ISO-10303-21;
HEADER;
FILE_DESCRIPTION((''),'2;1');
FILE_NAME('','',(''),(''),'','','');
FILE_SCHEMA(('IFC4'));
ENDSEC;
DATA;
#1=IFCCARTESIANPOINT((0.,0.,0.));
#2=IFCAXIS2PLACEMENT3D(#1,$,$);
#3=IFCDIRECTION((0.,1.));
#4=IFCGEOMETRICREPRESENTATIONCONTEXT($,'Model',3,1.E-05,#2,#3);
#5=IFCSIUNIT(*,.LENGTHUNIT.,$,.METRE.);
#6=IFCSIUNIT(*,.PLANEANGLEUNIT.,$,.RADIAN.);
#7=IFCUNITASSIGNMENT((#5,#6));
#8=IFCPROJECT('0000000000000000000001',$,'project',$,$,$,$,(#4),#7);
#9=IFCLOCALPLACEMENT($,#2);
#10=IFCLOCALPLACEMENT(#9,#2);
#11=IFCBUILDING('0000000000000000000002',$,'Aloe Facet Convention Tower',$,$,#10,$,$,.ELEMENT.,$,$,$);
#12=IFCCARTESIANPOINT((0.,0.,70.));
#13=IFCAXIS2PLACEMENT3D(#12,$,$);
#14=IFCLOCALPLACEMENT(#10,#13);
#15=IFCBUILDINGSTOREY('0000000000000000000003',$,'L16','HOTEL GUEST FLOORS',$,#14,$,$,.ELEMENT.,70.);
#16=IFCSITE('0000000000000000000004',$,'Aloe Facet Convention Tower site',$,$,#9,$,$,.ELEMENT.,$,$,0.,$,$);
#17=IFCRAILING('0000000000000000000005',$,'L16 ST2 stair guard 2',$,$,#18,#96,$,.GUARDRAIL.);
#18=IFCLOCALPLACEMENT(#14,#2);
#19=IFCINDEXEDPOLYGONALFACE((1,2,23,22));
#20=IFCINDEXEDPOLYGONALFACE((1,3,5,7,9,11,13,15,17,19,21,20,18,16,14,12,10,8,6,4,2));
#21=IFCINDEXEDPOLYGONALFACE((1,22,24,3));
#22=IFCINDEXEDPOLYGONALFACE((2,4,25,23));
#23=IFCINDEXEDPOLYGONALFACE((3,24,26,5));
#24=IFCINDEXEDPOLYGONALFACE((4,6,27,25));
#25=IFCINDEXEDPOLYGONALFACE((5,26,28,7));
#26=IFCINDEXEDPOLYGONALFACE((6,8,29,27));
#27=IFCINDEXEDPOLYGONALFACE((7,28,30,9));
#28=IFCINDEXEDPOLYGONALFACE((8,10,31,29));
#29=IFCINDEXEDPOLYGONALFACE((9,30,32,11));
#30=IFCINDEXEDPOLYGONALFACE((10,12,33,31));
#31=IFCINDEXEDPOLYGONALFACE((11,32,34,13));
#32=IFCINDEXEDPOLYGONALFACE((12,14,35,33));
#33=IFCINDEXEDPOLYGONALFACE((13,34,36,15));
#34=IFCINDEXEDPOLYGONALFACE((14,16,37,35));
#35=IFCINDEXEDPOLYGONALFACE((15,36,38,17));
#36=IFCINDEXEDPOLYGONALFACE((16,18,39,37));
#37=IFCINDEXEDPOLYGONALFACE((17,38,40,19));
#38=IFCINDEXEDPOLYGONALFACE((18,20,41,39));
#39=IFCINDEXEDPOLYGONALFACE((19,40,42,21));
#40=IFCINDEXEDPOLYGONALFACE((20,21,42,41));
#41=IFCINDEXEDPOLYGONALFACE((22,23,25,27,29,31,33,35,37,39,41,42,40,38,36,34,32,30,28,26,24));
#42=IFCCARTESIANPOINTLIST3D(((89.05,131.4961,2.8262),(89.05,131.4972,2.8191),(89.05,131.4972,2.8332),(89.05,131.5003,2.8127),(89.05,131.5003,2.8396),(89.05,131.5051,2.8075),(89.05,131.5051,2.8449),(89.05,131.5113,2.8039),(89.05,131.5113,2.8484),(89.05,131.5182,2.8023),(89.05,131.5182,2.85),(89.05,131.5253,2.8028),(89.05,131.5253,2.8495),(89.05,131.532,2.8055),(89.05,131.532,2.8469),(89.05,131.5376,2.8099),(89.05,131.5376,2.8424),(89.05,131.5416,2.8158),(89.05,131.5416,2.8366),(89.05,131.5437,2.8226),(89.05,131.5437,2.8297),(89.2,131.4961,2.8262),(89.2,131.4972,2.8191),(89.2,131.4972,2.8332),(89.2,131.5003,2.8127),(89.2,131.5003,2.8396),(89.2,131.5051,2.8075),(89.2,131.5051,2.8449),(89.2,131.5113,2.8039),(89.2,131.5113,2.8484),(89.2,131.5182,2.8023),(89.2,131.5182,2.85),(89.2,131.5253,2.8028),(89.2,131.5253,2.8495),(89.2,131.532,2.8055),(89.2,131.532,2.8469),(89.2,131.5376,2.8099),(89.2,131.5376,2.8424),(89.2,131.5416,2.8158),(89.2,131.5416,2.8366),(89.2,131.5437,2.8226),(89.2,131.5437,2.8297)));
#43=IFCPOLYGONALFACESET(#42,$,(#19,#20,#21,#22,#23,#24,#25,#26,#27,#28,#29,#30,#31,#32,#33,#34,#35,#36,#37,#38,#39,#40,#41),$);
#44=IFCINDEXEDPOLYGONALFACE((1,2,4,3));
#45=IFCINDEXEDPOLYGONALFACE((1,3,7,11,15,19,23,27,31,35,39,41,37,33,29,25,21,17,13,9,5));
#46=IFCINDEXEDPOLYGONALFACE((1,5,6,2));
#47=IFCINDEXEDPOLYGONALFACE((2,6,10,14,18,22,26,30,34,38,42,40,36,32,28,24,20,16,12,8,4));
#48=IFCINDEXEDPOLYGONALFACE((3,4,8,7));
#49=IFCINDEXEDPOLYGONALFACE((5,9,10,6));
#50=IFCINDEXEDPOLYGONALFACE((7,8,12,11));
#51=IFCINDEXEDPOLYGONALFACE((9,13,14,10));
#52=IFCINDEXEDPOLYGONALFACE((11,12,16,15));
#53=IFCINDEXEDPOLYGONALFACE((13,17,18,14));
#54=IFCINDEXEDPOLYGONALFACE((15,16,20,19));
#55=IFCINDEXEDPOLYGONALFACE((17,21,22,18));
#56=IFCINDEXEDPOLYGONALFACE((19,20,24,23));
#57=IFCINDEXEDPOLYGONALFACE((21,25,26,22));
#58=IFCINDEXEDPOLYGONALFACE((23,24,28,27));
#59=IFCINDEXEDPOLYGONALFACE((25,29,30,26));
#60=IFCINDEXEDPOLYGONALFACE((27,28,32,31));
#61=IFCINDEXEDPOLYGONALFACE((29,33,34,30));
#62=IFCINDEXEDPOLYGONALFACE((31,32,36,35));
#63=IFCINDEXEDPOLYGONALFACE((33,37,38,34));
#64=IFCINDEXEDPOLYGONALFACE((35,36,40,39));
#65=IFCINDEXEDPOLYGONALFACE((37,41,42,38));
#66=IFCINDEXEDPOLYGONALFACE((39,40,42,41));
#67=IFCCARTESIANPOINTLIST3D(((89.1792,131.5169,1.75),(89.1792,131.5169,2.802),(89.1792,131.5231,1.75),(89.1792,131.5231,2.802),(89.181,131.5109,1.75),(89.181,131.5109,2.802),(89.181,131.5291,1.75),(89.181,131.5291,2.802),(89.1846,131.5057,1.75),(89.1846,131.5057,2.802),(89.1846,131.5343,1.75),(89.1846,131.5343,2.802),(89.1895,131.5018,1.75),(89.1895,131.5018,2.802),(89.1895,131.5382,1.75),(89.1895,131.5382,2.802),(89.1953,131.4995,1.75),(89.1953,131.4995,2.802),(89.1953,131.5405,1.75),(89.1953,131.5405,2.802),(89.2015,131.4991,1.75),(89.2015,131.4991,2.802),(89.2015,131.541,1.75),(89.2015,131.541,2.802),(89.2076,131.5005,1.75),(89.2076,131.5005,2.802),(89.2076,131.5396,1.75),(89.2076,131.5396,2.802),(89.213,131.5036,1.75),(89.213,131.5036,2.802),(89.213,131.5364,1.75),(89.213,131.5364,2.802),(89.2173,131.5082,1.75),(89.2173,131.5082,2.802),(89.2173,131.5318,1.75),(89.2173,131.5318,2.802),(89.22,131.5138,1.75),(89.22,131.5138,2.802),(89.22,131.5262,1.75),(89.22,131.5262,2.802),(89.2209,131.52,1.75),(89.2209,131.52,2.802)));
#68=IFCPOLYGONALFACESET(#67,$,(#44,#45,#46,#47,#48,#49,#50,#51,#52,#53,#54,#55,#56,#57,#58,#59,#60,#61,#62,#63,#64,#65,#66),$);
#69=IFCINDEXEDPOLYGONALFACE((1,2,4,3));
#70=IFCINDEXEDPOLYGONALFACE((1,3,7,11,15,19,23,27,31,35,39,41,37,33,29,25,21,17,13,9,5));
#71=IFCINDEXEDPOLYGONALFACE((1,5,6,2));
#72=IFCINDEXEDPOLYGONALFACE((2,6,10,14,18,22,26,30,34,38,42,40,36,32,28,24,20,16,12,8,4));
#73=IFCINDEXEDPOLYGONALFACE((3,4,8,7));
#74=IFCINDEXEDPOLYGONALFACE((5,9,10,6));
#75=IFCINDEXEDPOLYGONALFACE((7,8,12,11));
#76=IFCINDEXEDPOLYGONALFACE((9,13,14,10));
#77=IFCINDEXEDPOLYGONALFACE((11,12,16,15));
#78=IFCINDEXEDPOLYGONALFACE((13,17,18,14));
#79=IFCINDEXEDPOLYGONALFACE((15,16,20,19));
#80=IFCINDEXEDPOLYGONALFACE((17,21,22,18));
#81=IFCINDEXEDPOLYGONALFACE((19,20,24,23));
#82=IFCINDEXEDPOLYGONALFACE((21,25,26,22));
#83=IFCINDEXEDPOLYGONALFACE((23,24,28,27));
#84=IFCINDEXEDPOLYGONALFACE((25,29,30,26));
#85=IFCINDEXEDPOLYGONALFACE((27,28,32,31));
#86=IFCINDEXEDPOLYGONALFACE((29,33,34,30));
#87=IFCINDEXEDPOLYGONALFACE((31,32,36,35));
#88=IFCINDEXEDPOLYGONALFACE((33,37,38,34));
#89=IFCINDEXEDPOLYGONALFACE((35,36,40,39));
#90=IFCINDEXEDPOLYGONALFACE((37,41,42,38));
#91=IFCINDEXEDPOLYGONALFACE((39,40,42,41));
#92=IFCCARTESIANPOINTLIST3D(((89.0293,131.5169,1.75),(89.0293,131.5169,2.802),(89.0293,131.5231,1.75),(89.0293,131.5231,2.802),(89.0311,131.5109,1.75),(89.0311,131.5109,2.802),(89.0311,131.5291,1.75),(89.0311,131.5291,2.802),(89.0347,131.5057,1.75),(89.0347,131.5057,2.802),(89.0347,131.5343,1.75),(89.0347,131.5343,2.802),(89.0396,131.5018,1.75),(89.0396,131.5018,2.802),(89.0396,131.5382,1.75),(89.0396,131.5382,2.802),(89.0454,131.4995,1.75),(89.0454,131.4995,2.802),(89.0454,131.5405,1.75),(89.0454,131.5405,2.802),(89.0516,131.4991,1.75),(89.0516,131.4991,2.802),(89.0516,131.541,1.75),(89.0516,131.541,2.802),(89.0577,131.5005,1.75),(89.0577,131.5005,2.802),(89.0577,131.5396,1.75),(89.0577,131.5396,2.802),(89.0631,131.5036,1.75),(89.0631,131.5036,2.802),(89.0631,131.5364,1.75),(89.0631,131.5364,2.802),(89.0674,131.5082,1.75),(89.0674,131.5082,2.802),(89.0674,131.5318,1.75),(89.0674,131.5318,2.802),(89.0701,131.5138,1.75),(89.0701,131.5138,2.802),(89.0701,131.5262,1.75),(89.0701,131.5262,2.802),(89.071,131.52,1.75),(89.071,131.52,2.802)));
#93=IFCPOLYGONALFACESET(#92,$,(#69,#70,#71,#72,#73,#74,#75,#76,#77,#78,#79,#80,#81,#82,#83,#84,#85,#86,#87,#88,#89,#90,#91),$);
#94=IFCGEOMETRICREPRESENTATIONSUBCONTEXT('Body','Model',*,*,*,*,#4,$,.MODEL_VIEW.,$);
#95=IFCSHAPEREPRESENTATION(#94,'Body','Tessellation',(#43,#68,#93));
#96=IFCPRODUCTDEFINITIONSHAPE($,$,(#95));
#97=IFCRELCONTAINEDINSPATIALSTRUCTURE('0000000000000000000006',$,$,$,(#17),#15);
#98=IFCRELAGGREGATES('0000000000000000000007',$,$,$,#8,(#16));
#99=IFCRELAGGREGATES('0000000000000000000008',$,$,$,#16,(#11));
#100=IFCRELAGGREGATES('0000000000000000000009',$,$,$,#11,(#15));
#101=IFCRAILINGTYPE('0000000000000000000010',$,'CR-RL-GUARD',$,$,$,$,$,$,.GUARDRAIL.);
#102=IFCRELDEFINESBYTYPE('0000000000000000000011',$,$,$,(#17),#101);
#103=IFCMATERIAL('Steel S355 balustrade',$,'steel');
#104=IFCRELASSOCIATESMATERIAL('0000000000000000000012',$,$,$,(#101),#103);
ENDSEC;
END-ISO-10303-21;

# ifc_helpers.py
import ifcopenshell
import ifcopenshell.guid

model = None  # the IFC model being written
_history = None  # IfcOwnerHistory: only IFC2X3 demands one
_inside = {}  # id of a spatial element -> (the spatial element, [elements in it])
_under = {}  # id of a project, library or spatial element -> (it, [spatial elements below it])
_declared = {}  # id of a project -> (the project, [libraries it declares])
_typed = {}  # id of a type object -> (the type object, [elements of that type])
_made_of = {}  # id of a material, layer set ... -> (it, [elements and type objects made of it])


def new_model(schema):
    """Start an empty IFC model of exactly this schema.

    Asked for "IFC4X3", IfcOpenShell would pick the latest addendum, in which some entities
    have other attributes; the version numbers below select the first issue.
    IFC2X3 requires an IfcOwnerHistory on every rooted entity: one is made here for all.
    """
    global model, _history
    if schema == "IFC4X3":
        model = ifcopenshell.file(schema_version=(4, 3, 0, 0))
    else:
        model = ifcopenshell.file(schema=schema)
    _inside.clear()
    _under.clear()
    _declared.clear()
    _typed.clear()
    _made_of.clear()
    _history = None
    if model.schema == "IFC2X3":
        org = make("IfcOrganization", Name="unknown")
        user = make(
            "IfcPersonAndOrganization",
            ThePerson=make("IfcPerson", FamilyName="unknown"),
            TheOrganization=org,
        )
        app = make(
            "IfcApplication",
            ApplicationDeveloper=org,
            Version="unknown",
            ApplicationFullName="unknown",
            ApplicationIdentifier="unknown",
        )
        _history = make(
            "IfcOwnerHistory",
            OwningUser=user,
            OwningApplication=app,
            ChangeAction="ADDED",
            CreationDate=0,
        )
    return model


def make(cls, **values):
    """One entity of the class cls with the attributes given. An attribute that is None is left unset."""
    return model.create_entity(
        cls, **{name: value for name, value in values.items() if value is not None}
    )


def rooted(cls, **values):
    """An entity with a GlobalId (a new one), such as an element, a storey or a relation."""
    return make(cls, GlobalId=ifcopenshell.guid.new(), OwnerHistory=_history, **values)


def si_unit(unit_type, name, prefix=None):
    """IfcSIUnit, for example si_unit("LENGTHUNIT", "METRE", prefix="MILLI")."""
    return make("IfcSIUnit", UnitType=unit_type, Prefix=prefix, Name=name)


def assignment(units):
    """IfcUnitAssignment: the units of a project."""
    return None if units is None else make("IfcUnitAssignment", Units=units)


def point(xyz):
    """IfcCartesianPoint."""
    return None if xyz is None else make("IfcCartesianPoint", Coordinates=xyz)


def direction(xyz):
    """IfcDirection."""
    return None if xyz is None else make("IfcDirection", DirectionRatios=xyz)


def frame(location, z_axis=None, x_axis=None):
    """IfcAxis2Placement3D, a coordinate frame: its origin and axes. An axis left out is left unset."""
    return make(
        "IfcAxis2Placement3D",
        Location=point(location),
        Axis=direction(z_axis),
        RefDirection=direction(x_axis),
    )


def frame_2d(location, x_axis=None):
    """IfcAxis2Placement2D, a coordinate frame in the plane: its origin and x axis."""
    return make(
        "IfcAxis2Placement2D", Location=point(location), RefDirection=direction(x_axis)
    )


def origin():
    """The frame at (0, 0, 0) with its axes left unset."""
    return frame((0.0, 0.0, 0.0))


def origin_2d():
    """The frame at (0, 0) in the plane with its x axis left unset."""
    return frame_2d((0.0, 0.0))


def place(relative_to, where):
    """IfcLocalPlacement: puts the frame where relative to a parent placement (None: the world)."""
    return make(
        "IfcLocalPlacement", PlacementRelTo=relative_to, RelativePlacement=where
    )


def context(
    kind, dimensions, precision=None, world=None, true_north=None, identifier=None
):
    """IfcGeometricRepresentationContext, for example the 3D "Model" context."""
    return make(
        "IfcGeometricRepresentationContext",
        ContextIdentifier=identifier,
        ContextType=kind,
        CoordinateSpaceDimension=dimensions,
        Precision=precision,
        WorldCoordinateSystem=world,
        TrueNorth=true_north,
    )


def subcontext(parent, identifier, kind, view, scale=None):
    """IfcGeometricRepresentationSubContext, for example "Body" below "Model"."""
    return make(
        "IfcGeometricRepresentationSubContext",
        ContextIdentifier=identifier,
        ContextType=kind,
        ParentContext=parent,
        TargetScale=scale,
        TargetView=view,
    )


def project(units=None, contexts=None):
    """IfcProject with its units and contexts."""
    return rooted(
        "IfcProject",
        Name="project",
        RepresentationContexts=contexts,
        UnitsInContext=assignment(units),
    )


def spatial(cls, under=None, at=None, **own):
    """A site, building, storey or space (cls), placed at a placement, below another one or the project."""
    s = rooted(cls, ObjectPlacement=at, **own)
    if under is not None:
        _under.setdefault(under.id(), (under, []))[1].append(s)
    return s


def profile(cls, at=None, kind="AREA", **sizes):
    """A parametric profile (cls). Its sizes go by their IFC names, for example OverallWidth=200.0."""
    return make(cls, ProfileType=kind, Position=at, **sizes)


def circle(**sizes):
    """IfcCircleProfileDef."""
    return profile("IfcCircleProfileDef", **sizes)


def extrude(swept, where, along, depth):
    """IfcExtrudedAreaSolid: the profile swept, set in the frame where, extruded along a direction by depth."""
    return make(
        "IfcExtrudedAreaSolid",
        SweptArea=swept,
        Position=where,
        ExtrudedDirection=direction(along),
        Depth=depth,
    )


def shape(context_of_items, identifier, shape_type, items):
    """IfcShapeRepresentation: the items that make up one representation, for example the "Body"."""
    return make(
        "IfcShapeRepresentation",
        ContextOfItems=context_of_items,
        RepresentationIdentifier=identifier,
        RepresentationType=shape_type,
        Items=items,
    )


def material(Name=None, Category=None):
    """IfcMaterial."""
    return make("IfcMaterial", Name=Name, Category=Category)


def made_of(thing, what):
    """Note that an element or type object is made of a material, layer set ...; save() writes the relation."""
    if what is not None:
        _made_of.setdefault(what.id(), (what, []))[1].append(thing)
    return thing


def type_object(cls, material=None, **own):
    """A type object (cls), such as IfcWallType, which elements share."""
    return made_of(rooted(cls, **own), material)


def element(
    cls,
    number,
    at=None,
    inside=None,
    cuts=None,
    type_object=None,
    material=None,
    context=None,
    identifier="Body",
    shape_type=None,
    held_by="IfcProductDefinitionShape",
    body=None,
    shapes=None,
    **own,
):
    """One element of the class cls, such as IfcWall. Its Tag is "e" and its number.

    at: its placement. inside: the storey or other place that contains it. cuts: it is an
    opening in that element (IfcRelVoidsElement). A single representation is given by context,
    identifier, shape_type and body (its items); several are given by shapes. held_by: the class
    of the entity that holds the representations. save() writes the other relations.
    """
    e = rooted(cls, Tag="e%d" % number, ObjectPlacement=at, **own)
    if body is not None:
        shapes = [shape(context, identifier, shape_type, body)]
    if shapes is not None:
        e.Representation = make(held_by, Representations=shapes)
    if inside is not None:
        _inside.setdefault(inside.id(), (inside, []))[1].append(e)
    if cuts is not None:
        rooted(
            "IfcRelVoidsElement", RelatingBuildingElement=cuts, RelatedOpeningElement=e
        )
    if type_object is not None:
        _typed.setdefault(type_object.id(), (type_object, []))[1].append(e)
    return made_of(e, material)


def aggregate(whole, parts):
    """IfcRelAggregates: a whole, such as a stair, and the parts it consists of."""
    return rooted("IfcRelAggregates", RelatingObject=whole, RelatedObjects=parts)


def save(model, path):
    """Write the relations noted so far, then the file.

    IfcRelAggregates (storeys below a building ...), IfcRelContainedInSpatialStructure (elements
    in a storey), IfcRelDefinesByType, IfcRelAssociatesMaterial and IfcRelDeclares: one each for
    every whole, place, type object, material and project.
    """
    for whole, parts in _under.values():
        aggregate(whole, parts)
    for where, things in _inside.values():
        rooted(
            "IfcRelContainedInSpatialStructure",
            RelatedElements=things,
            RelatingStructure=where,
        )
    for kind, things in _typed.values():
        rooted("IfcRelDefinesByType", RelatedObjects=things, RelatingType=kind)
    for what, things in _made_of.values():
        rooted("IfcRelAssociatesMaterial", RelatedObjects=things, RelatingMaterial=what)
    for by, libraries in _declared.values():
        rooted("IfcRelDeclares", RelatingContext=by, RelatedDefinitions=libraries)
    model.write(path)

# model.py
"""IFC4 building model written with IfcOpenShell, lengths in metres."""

from ifc_helpers import new_model, si_unit, direction, frame, origin, origin_2d, place, context, subcontext, project, spatial, circle, extrude, material, type_object, element, save


model = new_model("IFC4")

# Units and contexts
model_context = context("Model", 3, precision=1e-05, world=origin(), true_north=direction((0.0, 1.0)))
body_context = subcontext(model_context, "Body", "Model", "MODEL_VIEW")
ifc_project = project(units=[si_unit("LENGTHUNIT", "METRE"), si_unit("PLANEANGLEUNIT", "RADIAN")], contexts=[model_context])

# Site, building, storey
site_placement = place(None, origin())
site = spatial("IfcSite", under=ifc_project, at=site_placement, Name="Aloe Facet Convention Tower site", CompositionType="ELEMENT", RefElevation=0.0)
building_placement = place(site_placement, origin())
building = spatial("IfcBuilding", under=site, at=building_placement, Name="Aloe Facet Convention Tower", CompositionType="ELEMENT")
storey_placement = place(building_placement, frame((0.0, 0.0, 70.0)))
storey = spatial("IfcBuildingStorey", under=building, at=storey_placement, Name="L16", Description="HOTEL GUEST FLOORS", CompositionType="ELEMENT", Elevation=70.0)

# Railing
ifc_material_1 = material(Name="Steel S355 balustrade", Category="steel")
railing_type_1 = type_object("IfcRailingType", Name="CR-RL-GUARD", PredefinedType="GUARDRAIL", material=ifc_material_1)
railing_1_placement = place(storey_placement, frame((89.2, 131.52, 1.75)))
element("IfcRailing", 1, at=railing_1_placement, inside=storey, type_object=railing_type_1, Name="L16 ST2 stair guard 2", PredefinedType="GUARDRAIL", context=body_context, shape_type="SweptSolid", body=[
    extrude(circle(Radius=0.0239, at=origin_2d()), frame((0.0, 0.0, 1.0762), z_axis=(-1.0, 0.0, 0.0), x_axis=(0.0, -1.0, 0.0)), (0.0, 0.0, 1.0), 0.1499),
    extrude(circle(Radius=0.021, at=origin_2d()), origin(), (0.0, 0.0, 1.0), 1.052),
    extrude(circle(Radius=0.021, at=origin_2d()), frame((-0.1499, 0.0, 0.0)), (0.0, 0.0, 1.0), 1.052),
])

save(model, "model.ifc")
